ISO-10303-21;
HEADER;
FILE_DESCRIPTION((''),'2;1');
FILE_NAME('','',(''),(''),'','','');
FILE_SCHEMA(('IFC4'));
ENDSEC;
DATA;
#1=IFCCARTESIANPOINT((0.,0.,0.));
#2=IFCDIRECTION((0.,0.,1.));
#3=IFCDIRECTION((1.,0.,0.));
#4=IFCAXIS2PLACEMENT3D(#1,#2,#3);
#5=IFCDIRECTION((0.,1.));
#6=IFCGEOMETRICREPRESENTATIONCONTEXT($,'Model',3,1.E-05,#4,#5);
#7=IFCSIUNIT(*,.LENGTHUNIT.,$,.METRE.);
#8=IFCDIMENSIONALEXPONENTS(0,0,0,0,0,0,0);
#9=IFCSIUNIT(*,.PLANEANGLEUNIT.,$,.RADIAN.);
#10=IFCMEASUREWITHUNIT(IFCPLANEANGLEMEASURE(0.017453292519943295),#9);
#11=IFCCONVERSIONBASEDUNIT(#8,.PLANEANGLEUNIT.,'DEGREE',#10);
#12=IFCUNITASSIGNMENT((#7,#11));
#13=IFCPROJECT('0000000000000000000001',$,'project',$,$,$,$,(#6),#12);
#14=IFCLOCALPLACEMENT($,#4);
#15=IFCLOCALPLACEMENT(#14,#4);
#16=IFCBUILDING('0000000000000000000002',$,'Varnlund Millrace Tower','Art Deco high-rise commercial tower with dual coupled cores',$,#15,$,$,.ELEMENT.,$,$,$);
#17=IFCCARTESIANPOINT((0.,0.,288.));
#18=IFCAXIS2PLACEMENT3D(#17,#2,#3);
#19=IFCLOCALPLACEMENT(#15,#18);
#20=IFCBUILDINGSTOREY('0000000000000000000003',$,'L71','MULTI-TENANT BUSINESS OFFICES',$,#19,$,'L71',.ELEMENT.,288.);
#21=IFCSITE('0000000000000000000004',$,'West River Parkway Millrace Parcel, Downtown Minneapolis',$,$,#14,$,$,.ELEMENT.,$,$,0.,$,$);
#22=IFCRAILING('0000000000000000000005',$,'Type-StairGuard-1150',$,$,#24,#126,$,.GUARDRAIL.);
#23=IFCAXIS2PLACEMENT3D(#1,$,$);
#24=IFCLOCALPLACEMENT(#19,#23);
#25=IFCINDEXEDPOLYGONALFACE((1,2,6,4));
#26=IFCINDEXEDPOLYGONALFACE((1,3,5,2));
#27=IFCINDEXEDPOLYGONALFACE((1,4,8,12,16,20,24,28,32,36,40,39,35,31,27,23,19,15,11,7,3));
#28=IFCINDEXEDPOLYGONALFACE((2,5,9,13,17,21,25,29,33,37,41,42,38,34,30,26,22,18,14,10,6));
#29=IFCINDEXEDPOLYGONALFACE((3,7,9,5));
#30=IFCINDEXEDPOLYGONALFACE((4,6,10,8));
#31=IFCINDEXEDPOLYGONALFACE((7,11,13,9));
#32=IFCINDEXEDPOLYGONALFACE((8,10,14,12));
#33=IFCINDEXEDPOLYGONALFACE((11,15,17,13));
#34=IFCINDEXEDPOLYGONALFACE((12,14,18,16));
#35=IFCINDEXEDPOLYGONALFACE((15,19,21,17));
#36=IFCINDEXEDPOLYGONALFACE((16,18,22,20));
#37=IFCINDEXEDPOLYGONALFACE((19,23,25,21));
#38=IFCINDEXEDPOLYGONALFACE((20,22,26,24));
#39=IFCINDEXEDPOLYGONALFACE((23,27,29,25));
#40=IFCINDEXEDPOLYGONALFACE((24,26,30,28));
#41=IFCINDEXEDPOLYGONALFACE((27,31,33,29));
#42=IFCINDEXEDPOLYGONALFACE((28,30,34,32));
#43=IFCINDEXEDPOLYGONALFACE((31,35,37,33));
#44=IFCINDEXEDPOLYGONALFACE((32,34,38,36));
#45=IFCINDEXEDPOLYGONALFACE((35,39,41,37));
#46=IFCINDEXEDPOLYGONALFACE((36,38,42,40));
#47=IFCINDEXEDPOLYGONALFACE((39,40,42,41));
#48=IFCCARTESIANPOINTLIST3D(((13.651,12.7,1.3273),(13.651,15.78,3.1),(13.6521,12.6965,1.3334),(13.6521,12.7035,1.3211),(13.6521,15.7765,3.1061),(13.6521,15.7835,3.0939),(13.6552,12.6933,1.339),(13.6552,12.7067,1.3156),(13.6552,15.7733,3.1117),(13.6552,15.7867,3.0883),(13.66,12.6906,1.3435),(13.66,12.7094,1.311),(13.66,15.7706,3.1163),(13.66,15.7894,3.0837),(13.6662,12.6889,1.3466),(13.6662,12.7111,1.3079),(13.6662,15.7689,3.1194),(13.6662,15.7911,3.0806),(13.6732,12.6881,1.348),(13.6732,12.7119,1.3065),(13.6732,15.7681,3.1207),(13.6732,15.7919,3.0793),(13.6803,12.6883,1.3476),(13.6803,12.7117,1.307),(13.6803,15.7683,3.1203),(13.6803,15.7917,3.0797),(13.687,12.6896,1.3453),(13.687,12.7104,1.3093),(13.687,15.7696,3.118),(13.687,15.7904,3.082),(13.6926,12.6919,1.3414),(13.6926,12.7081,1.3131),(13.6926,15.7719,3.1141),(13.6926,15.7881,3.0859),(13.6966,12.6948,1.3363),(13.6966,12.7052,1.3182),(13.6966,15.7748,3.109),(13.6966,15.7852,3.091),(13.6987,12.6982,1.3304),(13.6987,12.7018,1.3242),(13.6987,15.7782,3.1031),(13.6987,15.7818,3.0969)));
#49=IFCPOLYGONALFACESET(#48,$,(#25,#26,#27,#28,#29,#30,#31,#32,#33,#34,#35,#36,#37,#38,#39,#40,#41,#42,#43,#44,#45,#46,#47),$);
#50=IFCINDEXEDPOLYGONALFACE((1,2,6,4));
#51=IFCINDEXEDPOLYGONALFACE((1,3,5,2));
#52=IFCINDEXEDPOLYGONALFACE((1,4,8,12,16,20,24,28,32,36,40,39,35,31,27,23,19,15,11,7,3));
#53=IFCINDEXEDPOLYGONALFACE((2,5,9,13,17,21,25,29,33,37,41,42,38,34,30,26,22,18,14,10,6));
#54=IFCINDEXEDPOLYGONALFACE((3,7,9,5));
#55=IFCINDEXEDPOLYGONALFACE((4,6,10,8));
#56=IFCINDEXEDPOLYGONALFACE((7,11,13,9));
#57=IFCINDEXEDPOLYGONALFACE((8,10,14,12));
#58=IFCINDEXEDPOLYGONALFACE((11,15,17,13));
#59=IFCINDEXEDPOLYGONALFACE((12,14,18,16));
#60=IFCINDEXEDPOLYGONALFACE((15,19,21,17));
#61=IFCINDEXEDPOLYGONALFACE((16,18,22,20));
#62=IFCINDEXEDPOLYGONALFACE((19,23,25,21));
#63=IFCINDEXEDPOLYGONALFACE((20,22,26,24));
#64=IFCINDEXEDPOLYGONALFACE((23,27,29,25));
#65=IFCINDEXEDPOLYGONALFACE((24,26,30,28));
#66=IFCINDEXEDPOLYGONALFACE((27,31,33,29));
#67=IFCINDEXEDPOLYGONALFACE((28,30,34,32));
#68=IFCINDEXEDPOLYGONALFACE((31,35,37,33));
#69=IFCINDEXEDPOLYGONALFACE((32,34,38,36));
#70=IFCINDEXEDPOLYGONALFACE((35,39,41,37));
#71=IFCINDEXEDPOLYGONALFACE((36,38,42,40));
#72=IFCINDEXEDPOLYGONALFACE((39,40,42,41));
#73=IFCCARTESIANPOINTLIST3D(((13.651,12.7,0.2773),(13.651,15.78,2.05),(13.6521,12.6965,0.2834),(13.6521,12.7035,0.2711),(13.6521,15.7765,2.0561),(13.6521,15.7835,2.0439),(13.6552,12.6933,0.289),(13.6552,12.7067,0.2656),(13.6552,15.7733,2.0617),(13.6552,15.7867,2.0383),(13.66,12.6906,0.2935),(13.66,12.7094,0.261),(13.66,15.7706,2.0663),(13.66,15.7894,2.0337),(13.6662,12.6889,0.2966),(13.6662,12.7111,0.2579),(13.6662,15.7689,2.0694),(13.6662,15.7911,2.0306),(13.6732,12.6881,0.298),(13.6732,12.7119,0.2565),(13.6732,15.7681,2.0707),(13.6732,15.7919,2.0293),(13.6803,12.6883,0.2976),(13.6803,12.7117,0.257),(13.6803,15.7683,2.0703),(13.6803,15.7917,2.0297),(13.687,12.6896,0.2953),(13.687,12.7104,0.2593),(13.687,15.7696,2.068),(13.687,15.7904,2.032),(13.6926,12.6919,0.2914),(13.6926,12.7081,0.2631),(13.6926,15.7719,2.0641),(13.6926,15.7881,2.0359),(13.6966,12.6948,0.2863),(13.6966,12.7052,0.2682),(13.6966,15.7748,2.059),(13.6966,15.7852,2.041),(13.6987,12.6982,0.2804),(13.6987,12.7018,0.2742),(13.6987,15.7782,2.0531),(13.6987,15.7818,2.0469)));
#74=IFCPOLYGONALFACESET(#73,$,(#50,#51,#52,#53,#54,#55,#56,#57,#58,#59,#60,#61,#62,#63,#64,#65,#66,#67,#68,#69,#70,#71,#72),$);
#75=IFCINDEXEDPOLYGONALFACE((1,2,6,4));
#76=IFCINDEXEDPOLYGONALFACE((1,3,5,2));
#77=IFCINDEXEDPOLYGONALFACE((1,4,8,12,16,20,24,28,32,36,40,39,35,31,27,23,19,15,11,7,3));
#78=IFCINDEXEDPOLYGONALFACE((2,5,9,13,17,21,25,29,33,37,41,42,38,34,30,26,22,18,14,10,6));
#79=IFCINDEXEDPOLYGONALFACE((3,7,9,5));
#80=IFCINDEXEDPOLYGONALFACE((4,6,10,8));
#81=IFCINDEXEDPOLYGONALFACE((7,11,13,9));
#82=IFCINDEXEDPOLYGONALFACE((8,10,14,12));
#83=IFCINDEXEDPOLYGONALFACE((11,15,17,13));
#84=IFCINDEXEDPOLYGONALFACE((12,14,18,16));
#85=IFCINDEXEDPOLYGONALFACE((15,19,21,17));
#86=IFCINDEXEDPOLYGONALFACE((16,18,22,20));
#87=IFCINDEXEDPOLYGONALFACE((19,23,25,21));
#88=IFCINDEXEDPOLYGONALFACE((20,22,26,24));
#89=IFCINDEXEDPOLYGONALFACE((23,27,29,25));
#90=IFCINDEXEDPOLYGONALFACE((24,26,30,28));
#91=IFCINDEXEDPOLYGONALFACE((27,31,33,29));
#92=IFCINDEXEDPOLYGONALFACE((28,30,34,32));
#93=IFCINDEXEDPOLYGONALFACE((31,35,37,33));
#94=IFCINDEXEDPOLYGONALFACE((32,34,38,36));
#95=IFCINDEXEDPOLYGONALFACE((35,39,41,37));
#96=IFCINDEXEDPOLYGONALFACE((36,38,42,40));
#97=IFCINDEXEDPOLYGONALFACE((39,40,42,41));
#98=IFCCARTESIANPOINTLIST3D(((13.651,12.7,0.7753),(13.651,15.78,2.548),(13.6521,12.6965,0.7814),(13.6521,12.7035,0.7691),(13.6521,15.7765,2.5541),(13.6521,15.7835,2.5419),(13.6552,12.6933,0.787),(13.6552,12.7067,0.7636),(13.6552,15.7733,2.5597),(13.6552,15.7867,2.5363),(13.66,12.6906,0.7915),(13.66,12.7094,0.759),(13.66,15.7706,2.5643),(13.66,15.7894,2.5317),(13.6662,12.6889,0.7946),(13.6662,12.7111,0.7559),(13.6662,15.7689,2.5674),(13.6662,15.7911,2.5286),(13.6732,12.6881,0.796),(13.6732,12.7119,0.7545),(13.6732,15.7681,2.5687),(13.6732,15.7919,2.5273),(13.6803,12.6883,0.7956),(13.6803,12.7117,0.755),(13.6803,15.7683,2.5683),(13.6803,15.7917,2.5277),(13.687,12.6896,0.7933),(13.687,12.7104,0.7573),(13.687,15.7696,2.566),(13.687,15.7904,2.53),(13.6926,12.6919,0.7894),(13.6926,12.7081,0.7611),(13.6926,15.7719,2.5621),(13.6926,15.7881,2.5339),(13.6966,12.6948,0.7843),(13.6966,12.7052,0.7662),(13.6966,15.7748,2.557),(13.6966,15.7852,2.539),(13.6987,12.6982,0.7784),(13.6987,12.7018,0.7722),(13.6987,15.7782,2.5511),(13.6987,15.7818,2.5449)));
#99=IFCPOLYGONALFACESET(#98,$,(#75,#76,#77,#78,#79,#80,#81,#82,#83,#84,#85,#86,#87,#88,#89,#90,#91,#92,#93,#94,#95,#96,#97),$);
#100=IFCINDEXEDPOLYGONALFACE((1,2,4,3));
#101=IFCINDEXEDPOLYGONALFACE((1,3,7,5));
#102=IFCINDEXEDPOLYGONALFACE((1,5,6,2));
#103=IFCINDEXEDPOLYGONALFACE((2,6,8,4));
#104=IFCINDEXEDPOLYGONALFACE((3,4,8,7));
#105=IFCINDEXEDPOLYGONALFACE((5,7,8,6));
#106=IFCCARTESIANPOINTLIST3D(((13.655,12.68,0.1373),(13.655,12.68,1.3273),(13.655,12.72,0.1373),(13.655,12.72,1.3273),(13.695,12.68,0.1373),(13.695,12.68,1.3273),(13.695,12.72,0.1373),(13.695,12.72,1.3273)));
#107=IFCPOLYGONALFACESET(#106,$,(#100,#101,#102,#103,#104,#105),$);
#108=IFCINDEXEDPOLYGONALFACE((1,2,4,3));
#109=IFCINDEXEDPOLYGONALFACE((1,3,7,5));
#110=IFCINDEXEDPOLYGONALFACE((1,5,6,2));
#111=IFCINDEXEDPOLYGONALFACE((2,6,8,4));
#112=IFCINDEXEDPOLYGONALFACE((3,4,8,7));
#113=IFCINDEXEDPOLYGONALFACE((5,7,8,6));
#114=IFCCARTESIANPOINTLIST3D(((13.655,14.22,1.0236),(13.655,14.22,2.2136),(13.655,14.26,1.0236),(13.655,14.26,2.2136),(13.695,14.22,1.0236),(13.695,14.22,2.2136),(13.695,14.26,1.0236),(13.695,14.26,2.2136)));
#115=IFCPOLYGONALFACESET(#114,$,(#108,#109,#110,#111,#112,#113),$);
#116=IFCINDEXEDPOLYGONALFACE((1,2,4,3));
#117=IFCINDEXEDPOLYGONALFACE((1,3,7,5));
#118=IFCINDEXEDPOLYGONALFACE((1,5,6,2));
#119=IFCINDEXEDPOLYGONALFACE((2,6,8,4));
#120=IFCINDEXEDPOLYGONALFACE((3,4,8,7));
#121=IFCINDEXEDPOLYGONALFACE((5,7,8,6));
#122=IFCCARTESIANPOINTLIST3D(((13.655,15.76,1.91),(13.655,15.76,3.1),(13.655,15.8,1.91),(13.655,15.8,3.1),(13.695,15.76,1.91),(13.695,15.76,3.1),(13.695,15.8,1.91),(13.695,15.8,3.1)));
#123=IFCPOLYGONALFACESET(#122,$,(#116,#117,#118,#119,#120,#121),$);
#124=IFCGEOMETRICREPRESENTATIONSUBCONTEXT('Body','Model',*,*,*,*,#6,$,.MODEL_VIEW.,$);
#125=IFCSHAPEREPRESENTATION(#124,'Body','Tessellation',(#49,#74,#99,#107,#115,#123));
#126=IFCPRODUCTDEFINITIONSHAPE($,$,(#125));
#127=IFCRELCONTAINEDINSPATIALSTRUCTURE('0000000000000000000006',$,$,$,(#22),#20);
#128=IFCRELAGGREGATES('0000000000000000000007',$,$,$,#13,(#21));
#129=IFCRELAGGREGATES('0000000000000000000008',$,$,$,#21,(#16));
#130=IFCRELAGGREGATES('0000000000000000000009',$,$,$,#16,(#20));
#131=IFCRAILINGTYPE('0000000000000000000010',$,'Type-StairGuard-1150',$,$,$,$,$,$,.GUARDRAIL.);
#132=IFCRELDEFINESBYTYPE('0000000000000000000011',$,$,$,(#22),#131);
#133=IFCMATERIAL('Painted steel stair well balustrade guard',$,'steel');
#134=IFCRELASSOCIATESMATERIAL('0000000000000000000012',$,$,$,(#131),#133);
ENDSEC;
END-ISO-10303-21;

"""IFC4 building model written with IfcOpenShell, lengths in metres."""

from ifc_helpers import new_model, entity, si_unit, converted_unit, direction, frame, origin_with_axes, origin_2d_with_axis, place, context, subcontext, project, spatial, rectangle, circle, extrude, material, type_object, element, save


model = new_model("IFC4")

# Units and contexts
model_context = context("Model", 3, precision=1e-05, world=origin_with_axes(), true_north=direction((0.0, 1.0)))
body_context = subcontext(model_context, "Body", "Model", "MODEL_VIEW")
ifc_project = project(units=[si_unit("LENGTHUNIT", "METRE"), converted_unit("PLANEANGLEUNIT", "DEGREE", entity("IfcPlaneAngleMeasure", 0.017453292519943295), si_unit("PLANEANGLEUNIT", "RADIAN"), dimensions=[0, 0, 0, 0, 0, 0, 0])], contexts=[model_context])

# Site, building, storey
site_placement = place(None, origin_with_axes())
site = spatial("IfcSite", under=ifc_project, at=site_placement, Name="West River Parkway Millrace Parcel, Downtown Minneapolis", CompositionType="ELEMENT", RefElevation=0.0)
building_placement = place(site_placement, origin_with_axes())
building = spatial("IfcBuilding", under=site, at=building_placement, Name="Varnlund Millrace Tower", Description="Art Deco high-rise commercial tower with dual coupled cores", CompositionType="ELEMENT")
storey_placement = place(building_placement, frame((0.0, 0.0, 288.0), z_axis=(0.0, 0.0, 1.0), x_axis=(1.0, 0.0, 0.0)))
storey = spatial("IfcBuildingStorey", under=building, at=storey_placement, Name="L71", Description="MULTI-TENANT BUSINESS OFFICES", LongName="L71", CompositionType="ELEMENT", Elevation=288.0)

# Railing
ifc_material_1 = material(Name="Painted steel stair well balustrade guard", Category="steel")
railing_type_1 = type_object("IfcRailingType", Name="Type-StairGuard-1150", PredefinedType="GUARDRAIL", material=ifc_material_1)
railing_1_placement = place(storey_placement, frame((0.0, 0.0, -288.0), z_axis=(0.0, 0.0, 1.0), x_axis=(1.0, 0.0, 0.0)))
element("IfcRailing", 1, at=railing_1_placement, inside=storey, type_object=railing_type_1, Name="Type-StairGuard-1150", PredefinedType="GUARDRAIL", context=body_context, shape_type="SweptSolid", body=[
    extrude(circle(Radius=0.024, at=origin_2d_with_axis()), frame((13.675, 12.7, 289.3273), z_axis=(0.0, 0.866696, 0.498836), x_axis=(-1.0, 0.0, 0.0)), (0.0, 0.0, 1.0), 3.5537),
    extrude(circle(Radius=0.024, at=origin_2d_with_axis()), frame((13.675, 12.7, 288.2773), z_axis=(0.0, 0.866696, 0.498836), x_axis=(-1.0, 0.0, 0.0)), (0.0, 0.0, 1.0), 3.5537),
    extrude(circle(Radius=0.024, at=origin_2d_with_axis()), frame((13.675, 12.7, 288.7753), z_axis=(0.0, 0.866696, 0.498836), x_axis=(-1.0, 0.0, 0.0)), (0.0, 0.0, 1.0), 3.5537),
    extrude(rectangle(XDim=0.04, YDim=0.04, at=origin_2d_with_axis()), frame((13.675, 12.7, 288.1373), z_axis=(0.0, 0.0, 1.0), x_axis=(1.0, 0.0, 0.0)), (0.0, 0.0, 1.0), 1.19),
    extrude(rectangle(XDim=0.04, YDim=0.04, at=origin_2d_with_axis()), frame((13.675, 14.24, 289.0236), z_axis=(0.0, 0.0, 1.0), x_axis=(1.0, 0.0, 0.0)), (0.0, 0.0, 1.0), 1.19),
    extrude(rectangle(XDim=0.04, YDim=0.04, at=origin_2d_with_axis()), frame((13.675, 15.78, 289.91), z_axis=(0.0, 0.0, 1.0), x_axis=(1.0, 0.0, 0.0)), (0.0, 0.0, 1.0), 1.19),
])

save(model, "model.ifc")
